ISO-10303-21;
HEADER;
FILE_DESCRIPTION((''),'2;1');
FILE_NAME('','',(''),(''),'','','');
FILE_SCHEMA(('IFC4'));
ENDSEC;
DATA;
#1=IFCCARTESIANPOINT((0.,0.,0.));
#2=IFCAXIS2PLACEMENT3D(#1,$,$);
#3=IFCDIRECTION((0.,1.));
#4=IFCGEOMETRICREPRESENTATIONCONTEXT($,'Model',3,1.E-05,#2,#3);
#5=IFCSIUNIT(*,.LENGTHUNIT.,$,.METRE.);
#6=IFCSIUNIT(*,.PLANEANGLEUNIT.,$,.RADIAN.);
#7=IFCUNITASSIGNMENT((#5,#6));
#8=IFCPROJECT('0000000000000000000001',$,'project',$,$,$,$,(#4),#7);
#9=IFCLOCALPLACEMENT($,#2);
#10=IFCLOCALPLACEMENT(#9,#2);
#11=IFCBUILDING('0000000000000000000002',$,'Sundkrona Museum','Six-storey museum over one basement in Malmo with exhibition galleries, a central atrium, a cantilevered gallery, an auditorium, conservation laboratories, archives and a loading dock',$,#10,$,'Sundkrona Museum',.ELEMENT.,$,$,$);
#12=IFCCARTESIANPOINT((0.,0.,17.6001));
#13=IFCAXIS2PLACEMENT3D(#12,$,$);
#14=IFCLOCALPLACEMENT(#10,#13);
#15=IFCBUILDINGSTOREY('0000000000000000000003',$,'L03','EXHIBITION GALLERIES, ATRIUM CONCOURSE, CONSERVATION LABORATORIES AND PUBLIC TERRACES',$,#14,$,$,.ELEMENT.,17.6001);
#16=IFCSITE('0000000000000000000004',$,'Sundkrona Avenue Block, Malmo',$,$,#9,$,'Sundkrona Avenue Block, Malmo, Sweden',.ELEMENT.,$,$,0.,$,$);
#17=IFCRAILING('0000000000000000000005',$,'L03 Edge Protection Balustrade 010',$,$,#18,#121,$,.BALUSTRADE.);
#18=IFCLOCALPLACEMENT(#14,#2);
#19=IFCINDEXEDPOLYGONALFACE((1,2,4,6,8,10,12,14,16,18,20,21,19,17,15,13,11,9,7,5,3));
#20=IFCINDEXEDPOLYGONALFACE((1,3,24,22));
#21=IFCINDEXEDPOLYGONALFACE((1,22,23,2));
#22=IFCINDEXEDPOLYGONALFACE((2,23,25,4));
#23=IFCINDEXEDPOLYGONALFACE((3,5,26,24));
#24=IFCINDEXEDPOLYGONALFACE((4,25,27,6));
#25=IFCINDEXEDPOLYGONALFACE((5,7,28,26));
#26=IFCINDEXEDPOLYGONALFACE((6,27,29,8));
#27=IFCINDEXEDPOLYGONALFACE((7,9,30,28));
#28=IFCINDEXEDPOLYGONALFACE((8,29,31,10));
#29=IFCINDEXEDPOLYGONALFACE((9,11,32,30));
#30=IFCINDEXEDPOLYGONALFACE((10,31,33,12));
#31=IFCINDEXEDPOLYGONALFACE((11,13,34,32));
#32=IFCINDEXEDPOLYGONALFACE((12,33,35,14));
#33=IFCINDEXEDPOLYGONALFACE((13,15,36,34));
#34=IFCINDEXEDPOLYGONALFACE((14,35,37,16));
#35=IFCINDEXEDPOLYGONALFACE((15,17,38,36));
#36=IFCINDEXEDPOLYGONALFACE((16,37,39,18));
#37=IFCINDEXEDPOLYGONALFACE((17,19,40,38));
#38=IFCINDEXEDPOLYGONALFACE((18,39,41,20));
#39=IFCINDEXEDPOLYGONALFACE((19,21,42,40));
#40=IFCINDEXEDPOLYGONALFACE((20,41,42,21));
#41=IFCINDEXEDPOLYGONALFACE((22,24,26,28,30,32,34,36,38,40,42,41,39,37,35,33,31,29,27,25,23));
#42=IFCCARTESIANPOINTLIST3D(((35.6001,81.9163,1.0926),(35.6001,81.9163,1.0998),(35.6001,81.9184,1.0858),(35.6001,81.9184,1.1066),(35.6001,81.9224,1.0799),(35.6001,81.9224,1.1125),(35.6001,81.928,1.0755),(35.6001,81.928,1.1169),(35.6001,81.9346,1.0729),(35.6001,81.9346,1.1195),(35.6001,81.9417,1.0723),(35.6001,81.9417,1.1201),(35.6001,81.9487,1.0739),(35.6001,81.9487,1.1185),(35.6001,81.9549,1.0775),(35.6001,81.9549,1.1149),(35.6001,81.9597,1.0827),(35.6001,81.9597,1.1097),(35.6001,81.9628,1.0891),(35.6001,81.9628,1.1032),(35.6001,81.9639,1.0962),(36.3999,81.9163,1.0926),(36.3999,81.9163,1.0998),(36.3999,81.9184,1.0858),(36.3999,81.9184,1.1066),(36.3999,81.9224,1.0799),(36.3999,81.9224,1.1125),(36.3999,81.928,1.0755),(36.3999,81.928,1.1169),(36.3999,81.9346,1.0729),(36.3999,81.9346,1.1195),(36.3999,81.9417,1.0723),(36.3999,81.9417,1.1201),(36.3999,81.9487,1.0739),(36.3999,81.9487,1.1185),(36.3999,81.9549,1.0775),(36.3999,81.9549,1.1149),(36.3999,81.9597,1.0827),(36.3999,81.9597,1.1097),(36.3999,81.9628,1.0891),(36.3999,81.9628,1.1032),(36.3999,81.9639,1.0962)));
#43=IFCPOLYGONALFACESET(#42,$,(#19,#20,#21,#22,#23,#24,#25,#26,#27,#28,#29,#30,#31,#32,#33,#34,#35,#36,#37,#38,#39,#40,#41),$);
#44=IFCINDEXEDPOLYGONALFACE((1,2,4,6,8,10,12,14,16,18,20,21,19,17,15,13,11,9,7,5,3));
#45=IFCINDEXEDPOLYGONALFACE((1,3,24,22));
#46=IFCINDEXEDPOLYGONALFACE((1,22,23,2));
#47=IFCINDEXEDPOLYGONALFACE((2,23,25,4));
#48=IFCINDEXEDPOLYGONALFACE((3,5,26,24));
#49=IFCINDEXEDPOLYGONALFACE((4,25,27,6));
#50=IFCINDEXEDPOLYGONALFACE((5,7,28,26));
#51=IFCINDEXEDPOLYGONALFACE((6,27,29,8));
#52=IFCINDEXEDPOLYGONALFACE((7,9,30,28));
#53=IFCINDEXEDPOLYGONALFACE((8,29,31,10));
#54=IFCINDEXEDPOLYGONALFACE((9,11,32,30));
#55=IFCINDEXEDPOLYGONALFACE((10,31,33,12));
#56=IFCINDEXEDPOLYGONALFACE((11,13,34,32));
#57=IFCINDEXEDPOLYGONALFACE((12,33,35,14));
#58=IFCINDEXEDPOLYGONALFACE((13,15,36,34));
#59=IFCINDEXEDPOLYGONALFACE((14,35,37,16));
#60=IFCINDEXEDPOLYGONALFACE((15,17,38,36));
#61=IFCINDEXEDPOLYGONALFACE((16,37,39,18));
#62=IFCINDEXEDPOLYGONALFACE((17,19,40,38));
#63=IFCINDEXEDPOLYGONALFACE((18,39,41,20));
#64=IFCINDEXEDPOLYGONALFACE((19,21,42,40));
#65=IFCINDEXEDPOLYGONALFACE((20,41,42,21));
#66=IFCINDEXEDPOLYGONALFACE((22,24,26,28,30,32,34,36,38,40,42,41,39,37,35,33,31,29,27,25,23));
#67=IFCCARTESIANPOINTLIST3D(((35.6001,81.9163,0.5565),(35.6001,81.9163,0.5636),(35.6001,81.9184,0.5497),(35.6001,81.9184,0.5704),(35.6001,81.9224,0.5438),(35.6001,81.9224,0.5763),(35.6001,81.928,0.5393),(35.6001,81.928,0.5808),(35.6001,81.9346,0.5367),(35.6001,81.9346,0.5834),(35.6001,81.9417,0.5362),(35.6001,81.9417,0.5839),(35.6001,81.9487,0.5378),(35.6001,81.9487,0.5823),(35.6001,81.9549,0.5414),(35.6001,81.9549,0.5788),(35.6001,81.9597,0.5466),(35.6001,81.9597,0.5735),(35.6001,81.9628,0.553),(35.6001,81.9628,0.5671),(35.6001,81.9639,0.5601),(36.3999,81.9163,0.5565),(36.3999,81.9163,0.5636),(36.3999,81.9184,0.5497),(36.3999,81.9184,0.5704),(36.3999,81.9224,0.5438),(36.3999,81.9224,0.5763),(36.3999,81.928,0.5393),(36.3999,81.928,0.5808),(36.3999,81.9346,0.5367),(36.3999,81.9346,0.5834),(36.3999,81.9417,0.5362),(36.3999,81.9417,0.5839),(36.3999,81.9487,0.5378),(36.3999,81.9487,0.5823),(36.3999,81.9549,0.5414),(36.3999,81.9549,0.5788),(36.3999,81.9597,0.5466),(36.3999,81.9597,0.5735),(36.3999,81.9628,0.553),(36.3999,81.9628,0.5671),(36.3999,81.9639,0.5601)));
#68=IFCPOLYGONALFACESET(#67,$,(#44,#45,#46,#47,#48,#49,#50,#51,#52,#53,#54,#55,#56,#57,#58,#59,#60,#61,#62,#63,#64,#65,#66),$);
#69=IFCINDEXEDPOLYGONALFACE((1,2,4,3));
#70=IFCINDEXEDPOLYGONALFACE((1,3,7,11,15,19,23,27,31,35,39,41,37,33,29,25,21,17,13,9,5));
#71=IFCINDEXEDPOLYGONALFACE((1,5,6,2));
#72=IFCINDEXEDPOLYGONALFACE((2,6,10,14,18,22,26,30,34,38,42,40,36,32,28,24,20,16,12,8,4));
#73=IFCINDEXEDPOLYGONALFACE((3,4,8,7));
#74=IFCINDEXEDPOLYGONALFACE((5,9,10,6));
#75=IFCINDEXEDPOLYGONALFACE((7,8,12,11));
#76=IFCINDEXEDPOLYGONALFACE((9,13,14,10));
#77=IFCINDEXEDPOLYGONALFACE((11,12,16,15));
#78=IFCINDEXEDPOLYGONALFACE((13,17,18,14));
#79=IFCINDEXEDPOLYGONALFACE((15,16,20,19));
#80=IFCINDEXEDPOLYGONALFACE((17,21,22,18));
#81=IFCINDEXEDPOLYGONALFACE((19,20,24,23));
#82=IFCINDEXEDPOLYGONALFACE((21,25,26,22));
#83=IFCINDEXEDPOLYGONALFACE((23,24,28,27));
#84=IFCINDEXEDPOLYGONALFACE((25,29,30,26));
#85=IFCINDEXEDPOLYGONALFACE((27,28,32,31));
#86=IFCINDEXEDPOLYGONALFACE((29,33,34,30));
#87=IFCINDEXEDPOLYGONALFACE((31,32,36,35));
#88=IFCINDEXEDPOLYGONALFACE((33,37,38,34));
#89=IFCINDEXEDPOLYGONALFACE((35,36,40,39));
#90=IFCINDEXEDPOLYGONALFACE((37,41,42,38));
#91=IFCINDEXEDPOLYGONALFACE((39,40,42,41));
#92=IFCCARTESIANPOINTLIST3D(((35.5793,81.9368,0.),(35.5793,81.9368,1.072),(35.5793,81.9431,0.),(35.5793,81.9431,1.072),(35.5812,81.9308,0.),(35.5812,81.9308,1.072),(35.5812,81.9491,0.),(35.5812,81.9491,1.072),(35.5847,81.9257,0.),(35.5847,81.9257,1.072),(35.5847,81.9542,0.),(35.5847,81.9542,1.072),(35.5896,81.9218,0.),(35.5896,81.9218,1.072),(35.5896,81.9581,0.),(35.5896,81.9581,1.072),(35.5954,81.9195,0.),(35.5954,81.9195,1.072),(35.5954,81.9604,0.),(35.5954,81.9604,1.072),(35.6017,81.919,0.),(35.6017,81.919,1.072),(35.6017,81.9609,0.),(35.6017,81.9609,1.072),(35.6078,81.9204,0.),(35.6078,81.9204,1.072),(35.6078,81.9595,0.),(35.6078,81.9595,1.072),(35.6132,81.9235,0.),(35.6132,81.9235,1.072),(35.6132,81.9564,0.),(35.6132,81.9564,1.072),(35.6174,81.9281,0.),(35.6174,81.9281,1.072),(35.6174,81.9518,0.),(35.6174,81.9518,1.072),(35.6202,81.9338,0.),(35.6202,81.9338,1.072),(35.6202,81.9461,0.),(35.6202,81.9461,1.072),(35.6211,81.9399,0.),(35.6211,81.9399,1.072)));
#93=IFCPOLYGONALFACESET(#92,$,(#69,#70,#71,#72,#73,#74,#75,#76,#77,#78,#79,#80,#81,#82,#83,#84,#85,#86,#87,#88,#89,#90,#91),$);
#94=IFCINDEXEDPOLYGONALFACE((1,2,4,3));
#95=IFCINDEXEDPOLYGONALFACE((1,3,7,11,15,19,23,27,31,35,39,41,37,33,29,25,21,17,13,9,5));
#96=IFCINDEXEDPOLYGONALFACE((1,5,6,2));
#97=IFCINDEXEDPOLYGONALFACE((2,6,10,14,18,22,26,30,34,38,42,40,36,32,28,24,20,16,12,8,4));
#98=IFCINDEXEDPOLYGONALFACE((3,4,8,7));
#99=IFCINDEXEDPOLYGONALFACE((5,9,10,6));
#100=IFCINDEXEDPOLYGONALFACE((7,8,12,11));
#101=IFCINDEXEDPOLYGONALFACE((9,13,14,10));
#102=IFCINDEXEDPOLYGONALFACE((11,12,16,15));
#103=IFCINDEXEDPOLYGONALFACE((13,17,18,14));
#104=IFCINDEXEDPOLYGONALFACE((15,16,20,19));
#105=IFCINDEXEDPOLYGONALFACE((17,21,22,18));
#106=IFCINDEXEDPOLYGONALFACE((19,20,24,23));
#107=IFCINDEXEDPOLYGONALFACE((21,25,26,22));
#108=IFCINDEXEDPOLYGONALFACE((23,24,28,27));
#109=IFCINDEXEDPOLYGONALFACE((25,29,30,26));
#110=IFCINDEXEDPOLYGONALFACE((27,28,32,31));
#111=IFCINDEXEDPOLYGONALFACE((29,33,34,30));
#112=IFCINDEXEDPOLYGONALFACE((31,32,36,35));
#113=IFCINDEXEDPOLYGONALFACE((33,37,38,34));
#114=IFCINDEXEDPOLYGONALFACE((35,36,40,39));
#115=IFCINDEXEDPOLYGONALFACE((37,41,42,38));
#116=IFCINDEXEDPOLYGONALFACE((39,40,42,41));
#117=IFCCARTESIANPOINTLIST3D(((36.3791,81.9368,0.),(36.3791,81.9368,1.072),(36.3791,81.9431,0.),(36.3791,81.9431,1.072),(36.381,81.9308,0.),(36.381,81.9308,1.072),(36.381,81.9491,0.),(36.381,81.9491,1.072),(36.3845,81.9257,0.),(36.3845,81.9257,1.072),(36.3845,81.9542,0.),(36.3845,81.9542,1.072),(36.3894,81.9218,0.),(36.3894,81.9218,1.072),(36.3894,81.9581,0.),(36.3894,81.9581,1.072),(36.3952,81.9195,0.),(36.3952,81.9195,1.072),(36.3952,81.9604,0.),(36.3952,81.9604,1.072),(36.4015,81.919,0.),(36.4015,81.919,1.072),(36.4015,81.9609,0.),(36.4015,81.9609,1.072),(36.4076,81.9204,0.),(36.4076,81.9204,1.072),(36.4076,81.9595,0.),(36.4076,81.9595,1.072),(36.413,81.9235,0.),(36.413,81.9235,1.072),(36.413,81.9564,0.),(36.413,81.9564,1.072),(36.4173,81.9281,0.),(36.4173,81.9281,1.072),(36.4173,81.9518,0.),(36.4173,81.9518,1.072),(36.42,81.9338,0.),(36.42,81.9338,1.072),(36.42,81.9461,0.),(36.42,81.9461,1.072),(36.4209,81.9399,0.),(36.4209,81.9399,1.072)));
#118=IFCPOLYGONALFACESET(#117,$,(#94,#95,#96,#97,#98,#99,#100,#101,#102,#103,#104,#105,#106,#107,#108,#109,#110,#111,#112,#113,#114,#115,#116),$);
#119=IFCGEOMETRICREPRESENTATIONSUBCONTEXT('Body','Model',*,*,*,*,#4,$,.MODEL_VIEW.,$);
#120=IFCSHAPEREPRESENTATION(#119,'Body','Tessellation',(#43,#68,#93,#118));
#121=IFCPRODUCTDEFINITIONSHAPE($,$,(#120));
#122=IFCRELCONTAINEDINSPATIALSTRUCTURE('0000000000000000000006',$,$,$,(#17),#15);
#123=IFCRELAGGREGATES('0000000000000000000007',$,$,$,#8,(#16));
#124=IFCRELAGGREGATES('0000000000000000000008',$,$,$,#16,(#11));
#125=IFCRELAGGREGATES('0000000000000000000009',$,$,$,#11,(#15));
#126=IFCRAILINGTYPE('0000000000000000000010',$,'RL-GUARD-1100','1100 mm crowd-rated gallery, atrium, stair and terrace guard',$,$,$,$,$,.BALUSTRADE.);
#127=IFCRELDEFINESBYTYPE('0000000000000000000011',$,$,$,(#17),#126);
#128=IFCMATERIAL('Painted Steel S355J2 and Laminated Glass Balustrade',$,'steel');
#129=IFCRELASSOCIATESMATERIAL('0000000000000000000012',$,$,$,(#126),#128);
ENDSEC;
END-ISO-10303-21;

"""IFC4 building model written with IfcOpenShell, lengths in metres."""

from ifc_helpers import new_model, si_unit, direction, frame, origin, origin_2d, place, context, subcontext, project, spatial, circle, extrude, material, type_object, element, save


model = new_model("IFC4")

# Units and contexts
model_context = context("Model", 3, precision=1e-05, world=origin(), true_north=direction((0.0, 1.0)))
body_context = subcontext(model_context, "Body", "Model", "MODEL_VIEW")
ifc_project = project(units=[si_unit("LENGTHUNIT", "METRE"), si_unit("PLANEANGLEUNIT", "RADIAN")], contexts=[model_context])

# Site, building, storey
site_placement = place(None, origin())
site = spatial("IfcSite", under=ifc_project, at=site_placement, Name="Sundkrona Avenue Block, Malmo", LongName="Sundkrona Avenue Block, Malmo, Sweden", CompositionType="ELEMENT", RefElevation=0.0)
building_placement = place(site_placement, origin())
building = spatial("IfcBuilding", under=site, at=building_placement, Name="Sundkrona Museum", Description="Six-storey museum over one basement in Malmo with exhibition galleries, a central atrium, a cantilevered gallery, an auditorium, conservation laboratories, archives and a loading dock", LongName="Sundkrona Museum", CompositionType="ELEMENT")
storey_placement = place(building_placement, frame((0.0, 0.0, 17.6001)))
storey = spatial("IfcBuildingStorey", under=building, at=storey_placement, Name="L03", Description="EXHIBITION GALLERIES, ATRIUM CONCOURSE, CONSERVATION LABORATORIES AND PUBLIC TERRACES", CompositionType="ELEMENT", Elevation=17.6001)

# Railing
ifc_material_1 = material(Name="Painted Steel S355J2 and Laminated Glass Balustrade", Category="steel")
railing_type = type_object("IfcRailingType", Name="RL-GUARD-1100", Description="1100 mm crowd-rated gallery, atrium, stair and terrace guard", PredefinedType="BALUSTRADE", material=ifc_material_1)
railing_1_placement = place(storey_placement, frame((35.6001, 81.9399, 0.0)))
element("IfcRailing", 1, at=railing_1_placement, inside=storey, type_object=railing_type, Name="L03 Edge Protection Balustrade 010", PredefinedType="BALUSTRADE", context=body_context, shape_type="SweptSolid", body=[
    extrude(circle(Radius=0.0239, at=origin_2d()), frame((0.0, 0.0, 1.0962), z_axis=(1.0, 0.0, 0.0), x_axis=(0.0, 1.0, 0.0)), (0.0, 0.0, 1.0), 0.7998),
    extrude(circle(Radius=0.0239, at=origin_2d()), frame((0.0, 0.0, 0.5601), z_axis=(1.0, 0.0, 0.0), x_axis=(0.0, 1.0, 0.0)), (0.0, 0.0, 1.0), 0.7998),
    extrude(circle(Radius=0.021, at=origin_2d()), origin(), (0.0, 0.0, 1.0), 1.072),
    extrude(circle(Radius=0.021, at=origin_2d()), frame((0.7998, 0.0, 0.0)), (0.0, 0.0, 1.0), 1.072),
])

save(model, "model.ifc")
